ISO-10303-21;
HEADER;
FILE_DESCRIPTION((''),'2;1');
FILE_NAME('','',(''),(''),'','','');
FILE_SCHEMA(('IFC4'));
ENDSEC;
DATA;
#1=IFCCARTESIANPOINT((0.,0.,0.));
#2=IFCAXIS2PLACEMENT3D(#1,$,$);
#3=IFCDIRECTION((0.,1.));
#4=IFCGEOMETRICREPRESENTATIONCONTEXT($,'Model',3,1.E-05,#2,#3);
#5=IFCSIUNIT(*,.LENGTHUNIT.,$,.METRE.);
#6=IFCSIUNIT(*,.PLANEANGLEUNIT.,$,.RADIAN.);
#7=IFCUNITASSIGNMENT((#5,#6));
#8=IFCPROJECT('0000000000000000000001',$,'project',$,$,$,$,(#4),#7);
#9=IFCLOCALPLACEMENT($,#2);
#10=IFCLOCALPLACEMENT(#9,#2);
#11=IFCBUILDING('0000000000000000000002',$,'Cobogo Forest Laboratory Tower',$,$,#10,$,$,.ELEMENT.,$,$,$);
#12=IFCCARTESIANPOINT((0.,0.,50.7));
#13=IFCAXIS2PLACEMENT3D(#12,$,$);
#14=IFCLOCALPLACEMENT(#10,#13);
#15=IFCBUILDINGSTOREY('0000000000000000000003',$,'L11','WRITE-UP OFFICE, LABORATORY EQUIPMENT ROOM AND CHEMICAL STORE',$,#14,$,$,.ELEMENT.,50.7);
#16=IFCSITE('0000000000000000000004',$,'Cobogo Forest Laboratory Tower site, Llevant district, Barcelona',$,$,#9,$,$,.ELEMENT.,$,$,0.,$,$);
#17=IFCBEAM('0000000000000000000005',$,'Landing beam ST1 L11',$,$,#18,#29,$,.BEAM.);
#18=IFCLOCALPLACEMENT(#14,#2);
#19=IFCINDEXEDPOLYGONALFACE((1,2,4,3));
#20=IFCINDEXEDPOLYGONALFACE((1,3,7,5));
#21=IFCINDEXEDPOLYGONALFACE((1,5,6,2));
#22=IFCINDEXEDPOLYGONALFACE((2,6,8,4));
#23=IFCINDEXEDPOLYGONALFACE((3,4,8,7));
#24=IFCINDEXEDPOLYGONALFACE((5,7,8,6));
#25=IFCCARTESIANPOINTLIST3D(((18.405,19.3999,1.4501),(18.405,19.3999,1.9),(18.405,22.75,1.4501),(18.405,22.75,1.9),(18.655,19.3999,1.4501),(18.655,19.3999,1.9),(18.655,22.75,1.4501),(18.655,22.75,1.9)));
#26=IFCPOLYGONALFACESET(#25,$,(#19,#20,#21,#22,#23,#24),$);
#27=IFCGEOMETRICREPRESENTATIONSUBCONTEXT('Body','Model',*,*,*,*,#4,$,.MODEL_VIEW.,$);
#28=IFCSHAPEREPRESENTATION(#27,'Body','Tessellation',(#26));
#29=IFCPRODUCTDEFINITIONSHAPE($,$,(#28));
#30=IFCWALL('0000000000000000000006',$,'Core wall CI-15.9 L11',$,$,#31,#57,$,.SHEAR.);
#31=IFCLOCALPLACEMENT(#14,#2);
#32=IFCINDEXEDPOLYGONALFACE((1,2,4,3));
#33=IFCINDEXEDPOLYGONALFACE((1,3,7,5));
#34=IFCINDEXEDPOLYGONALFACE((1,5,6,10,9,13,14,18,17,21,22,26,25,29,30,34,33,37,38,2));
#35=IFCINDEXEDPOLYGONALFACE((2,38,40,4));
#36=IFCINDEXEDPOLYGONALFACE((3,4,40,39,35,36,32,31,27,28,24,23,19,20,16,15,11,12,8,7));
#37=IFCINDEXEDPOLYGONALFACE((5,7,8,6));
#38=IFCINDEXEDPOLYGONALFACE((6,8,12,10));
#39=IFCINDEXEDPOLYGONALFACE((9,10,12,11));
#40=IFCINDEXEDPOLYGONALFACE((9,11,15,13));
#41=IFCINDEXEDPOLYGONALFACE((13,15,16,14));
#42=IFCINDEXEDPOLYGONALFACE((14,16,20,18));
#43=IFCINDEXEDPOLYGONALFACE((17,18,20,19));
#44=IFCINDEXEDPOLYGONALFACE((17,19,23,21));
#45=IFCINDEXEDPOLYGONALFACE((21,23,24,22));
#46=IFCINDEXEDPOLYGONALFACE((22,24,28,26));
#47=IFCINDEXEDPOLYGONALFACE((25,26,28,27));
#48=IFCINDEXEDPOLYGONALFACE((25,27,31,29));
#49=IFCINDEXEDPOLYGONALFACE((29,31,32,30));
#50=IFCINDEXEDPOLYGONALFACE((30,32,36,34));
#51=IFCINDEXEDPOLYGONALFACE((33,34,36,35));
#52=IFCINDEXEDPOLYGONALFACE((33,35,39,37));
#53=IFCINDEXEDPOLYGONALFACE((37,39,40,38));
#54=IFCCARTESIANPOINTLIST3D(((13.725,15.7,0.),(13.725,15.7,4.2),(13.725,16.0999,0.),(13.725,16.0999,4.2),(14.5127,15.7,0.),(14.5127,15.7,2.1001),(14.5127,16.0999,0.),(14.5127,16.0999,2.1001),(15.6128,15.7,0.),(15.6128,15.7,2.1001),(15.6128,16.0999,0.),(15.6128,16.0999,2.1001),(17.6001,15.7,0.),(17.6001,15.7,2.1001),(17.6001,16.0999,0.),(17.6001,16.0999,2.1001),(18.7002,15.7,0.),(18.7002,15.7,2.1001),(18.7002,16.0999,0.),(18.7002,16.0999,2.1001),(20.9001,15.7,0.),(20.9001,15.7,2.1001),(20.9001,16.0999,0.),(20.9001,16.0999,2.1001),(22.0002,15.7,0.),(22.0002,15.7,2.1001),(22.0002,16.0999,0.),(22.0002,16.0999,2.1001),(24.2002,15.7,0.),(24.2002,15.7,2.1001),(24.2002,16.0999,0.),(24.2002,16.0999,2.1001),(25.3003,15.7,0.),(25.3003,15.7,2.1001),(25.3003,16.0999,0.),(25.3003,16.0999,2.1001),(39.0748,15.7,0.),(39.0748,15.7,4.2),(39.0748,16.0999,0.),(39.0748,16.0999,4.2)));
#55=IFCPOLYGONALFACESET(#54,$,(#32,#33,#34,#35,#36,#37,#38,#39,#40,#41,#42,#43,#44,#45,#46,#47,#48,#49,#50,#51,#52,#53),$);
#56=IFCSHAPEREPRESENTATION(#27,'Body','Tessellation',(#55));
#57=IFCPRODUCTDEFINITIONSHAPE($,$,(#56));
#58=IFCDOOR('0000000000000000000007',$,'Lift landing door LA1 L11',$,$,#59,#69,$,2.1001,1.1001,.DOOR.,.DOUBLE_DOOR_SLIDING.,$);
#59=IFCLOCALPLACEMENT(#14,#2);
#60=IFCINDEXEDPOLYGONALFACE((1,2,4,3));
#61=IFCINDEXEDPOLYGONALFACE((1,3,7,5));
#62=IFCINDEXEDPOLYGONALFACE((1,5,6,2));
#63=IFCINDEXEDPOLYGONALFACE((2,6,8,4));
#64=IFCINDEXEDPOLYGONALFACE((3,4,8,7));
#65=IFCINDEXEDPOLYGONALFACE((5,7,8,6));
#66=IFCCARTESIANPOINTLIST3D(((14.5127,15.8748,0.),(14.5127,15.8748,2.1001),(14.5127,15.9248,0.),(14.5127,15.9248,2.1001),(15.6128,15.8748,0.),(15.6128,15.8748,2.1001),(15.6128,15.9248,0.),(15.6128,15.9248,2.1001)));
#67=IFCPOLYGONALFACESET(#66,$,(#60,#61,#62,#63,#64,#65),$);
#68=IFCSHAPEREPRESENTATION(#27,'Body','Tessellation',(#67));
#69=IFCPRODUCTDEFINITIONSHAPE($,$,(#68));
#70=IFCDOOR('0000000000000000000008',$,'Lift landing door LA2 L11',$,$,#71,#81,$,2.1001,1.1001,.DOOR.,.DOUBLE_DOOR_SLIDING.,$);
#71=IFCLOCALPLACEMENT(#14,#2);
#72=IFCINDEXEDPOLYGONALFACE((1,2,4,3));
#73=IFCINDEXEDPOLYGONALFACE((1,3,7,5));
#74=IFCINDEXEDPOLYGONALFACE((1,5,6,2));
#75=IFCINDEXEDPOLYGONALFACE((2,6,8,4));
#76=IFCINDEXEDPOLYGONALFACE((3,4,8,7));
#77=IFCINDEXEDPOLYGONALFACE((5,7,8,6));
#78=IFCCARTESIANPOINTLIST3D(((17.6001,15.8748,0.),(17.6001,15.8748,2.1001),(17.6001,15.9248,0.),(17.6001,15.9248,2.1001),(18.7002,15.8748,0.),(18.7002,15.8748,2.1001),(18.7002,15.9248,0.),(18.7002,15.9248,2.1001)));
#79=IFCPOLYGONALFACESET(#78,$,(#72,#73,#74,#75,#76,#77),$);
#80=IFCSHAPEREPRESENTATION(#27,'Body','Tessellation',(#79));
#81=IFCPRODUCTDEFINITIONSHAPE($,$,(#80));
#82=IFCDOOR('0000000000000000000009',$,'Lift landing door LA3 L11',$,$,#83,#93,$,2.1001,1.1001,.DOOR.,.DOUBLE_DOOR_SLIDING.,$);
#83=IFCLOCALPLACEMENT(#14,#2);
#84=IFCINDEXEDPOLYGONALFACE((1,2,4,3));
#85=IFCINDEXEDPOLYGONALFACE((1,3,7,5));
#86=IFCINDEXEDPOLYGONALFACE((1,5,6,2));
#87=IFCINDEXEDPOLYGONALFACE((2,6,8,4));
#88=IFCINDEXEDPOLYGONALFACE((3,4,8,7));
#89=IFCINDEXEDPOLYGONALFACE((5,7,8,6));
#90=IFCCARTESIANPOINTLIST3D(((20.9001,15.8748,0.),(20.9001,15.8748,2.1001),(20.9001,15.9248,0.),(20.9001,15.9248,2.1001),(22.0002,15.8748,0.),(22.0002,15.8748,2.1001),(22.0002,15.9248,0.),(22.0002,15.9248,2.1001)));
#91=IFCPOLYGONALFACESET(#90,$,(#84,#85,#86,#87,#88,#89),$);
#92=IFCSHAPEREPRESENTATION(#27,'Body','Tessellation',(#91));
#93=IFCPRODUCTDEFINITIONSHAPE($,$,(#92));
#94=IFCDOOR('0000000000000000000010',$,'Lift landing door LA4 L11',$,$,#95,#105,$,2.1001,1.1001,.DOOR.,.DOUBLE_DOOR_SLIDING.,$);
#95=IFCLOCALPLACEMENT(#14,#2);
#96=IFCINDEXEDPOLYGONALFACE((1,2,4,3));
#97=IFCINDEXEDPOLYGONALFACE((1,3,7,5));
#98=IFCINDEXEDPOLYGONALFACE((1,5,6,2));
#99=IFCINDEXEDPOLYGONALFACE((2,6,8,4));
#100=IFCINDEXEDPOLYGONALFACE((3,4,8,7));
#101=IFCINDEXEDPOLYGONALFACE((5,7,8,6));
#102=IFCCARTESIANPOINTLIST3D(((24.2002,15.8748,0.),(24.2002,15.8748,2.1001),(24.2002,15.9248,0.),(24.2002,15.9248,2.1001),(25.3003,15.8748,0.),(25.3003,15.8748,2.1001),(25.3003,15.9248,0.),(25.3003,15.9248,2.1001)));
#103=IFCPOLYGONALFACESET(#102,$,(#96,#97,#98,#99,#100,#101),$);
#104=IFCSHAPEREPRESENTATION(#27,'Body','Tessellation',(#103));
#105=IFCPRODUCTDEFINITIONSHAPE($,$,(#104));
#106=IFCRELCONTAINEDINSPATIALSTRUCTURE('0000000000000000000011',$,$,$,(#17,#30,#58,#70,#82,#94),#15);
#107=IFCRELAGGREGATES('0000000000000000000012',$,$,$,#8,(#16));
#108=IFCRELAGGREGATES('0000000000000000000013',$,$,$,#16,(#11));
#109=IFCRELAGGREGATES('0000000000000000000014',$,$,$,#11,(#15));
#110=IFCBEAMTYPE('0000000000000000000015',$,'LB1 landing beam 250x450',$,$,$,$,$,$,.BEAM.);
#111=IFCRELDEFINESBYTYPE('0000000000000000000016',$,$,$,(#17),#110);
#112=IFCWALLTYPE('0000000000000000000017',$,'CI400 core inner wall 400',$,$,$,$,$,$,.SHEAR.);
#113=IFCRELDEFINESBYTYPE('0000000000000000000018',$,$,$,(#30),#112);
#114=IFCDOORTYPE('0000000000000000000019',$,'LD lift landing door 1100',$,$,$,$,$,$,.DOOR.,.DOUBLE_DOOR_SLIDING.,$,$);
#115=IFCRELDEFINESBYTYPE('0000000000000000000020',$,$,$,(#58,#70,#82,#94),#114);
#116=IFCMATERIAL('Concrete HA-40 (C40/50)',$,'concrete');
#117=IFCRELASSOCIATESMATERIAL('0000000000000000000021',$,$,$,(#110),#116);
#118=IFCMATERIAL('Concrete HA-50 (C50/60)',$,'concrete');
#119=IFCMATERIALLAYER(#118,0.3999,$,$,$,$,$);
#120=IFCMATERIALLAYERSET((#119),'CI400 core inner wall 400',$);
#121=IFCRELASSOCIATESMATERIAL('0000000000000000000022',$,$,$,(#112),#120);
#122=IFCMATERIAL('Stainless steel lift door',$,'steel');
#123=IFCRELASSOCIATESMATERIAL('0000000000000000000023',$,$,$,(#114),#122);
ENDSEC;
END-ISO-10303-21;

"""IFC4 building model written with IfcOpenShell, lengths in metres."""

from ifc_helpers import new_model, si_unit, direction, frame, frame_2d, origin, origin_2d, place, context, subcontext, project, spatial, rectangle, extrude, material, layer, layer_set, material_profile, profile_set, type_object, element, fill, save


model = new_model("IFC4")

# Units and contexts
model_context = context("Model", 3, precision=1e-05, world=origin(), true_north=direction((0.0, 1.0)))
body_context = subcontext(model_context, "Body", "Model", "MODEL_VIEW")
ifc_project = project(units=[si_unit("LENGTHUNIT", "METRE"), si_unit("PLANEANGLEUNIT", "RADIAN")], contexts=[model_context])

# Site, building, storey
site_placement = place(None, origin())
site = spatial("IfcSite", under=ifc_project, at=site_placement, Name="Cobogo Forest Laboratory Tower site, Llevant district, Barcelona", CompositionType="ELEMENT", RefElevation=0.0)
building_placement = place(site_placement, origin())
building = spatial("IfcBuilding", under=site, at=building_placement, Name="Cobogo Forest Laboratory Tower", CompositionType="ELEMENT")
storey_placement = place(building_placement, frame((0.0, 0.0, 50.7)))
storey = spatial("IfcBuildingStorey", under=building, at=storey_placement, Name="L11", Description="WRITE-UP OFFICE, LABORATORY EQUIPMENT ROOM AND CHEMICAL STORE", CompositionType="ELEMENT", Elevation=50.7)

# Beam
ifc_material_1 = material(Name="Concrete HA-40 (C40/50)", Category="concrete")
ifc_material_profile = material_profile(ifc_material_1, rectangle(XDim=0.25, YDim=0.45, at=origin_2d()), Name="RC 250x450")
ifc_profile_set = profile_set([ifc_material_profile], Name="Concrete HA-40 (C40/50)")
beam_type = type_object("IfcBeamType", Name="LB1 landing beam 250x450", PredefinedType="BEAM", material=ifc_profile_set)
beam_placement = place(storey_placement, frame((18.53, 19.3999, 1.675), z_axis=(0.0, 1.0, 0.0), x_axis=(-1.0, 0.0, 0.0)))
element("IfcBeam", 1, at=beam_placement, inside=storey, type_object=beam_type, Name="Landing beam ST1 L11", PredefinedType="BEAM", context=body_context, shape_type="SweptSolid", body=[
    extrude(rectangle(XDim=0.25, YDim=0.45, at=origin_2d()), origin(), (0.0, 0.0, 1.0), 3.3501),
])

# Wall, openings, doors
ifc_material_2 = material(Name="Concrete HA-50 (C50/60)", Category="concrete")
ifc_layer_1 = layer(ifc_material_2, 0.3999)
ifc_layer_set_1 = layer_set([ifc_layer_1], Name="CI400 core inner wall 400")
wall_type_1 = type_object("IfcWallType", Name="CI400 core inner wall 400", PredefinedType="SHEAR", material=ifc_layer_set_1)
wall_1_placement = place(storey_placement, frame((13.7251, 15.8999, 0.0), z_axis=(0.0, 0.0, 1.0), x_axis=(1.0, 0.0, 0.0)))
wall_1 = element("IfcWall", 2, at=wall_1_placement, inside=storey, type_object=wall_type_1, Name="Core wall CI-15.9 L11", PredefinedType="SHEAR", context=body_context, shape_type="SweptSolid", body=[
    extrude(rectangle(XDim=25.3499, YDim=0.3999, at=frame_2d((12.6748, 0.0))), origin(), (0.0, 0.0, 1.0), 4.2),
])
opening_1_placement = place(wall_1_placement, frame((0.7876, 0.0, 0.0)))
opening_1 = element("IfcOpeningElement", 3, at=opening_1_placement, cuts=wall_1, PredefinedType="OPENING", context=body_context, shape_type="SweptSolid", body=[
    extrude(rectangle(XDim=1.1001, YDim=2.1001, at=frame_2d((0.55, 1.05))), frame((0.0, 0.21, 0.0), z_axis=(0.0, -1.0, 0.0), x_axis=(1.0, 0.0, 0.0)), (0.0, 0.0, 1.0), 0.4199),
])
opening_2_placement = place(wall_1_placement, frame((3.875, 0.0, 0.0)))
opening_2 = element("IfcOpeningElement", 4, at=opening_2_placement, cuts=wall_1, PredefinedType="OPENING", context=body_context, shape_type="SweptSolid", body=[
    extrude(rectangle(XDim=1.1001, YDim=2.1001, at=frame_2d((0.55, 1.05))), frame((0.0, 0.21, 0.0), z_axis=(0.0, -1.0, 0.0), x_axis=(1.0, 0.0, 0.0)), (0.0, 0.0, 1.0), 0.4199),
])
opening_3_placement = place(wall_1_placement, frame((7.175, 0.0, 0.0)))
opening_3 = element("IfcOpeningElement", 5, at=opening_3_placement, cuts=wall_1, PredefinedType="OPENING", context=body_context, shape_type="SweptSolid", body=[
    extrude(rectangle(XDim=1.1001, YDim=2.1001, at=frame_2d((0.55, 1.05))), frame((0.0, 0.21, 0.0), z_axis=(0.0, -1.0, 0.0), x_axis=(1.0, 0.0, 0.0)), (0.0, 0.0, 1.0), 0.4199),
])
opening_4_placement = place(wall_1_placement, frame((10.4751, 0.0, 0.0)))
opening_4 = element("IfcOpeningElement", 6, at=opening_4_placement, cuts=wall_1, PredefinedType="OPENING", context=body_context, shape_type="SweptSolid", body=[
    extrude(rectangle(XDim=1.1001, YDim=2.1001, at=frame_2d((0.55, 1.05))), frame((0.0, 0.21, 0.0), z_axis=(0.0, -1.0, 0.0), x_axis=(1.0, 0.0, 0.0)), (0.0, 0.0, 1.0), 0.4199),
])
ifc_material_3 = material(Name="Stainless steel lift door", Category="steel")
door_type_1 = type_object("IfcDoorType", Name="LD lift landing door 1100", OperationType="DOUBLE_DOOR_SLIDING", PredefinedType="DOOR", material=ifc_material_3)
door_1_placement = place(opening_1_placement, origin())
door_1 = element("IfcDoor", 7, at=door_1_placement, inside=storey, type_object=door_type_1, Name="Lift landing door LA1 L11", OperationType="DOUBLE_DOOR_SLIDING", OverallHeight=2.1001, OverallWidth=1.1001, PredefinedType="DOOR", context=body_context, shape_type="SweptSolid", body=[
    extrude(rectangle(XDim=1.1001, YDim=2.1001, at=frame_2d((0.55, 1.05))), frame((0.0, 0.0249, 0.0), z_axis=(0.0, -1.0, 0.0), x_axis=(1.0, 0.0, 0.0)), (0.0, 0.0, 1.0), 0.05),
])
fill(opening_1, door_1)
door_2_placement = place(opening_2_placement, origin())
door_2 = element("IfcDoor", 8, at=door_2_placement, inside=storey, type_object=door_type_1, Name="Lift landing door LA2 L11", OperationType="DOUBLE_DOOR_SLIDING", OverallHeight=2.1001, OverallWidth=1.1001, PredefinedType="DOOR", context=body_context, shape_type="SweptSolid", body=[
    extrude(rectangle(XDim=1.1001, YDim=2.1001, at=frame_2d((0.55, 1.05))), frame((0.0, 0.0249, 0.0), z_axis=(0.0, -1.0, 0.0), x_axis=(1.0, 0.0, 0.0)), (0.0, 0.0, 1.0), 0.05),
])
fill(opening_2, door_2)
door_3_placement = place(opening_3_placement, origin())
door_3 = element("IfcDoor", 9, at=door_3_placement, inside=storey, type_object=door_type_1, Name="Lift landing door LA3 L11", OperationType="DOUBLE_DOOR_SLIDING", OverallHeight=2.1001, OverallWidth=1.1001, PredefinedType="DOOR", context=body_context, shape_type="SweptSolid", body=[
    extrude(rectangle(XDim=1.1001, YDim=2.1001, at=frame_2d((0.55, 1.05))), frame((0.0, 0.0249, 0.0), z_axis=(0.0, -1.0, 0.0), x_axis=(1.0, 0.0, 0.0)), (0.0, 0.0, 1.0), 0.05),
])
fill(opening_3, door_3)
door_4_placement = place(opening_4_placement, origin())
door_4 = element("IfcDoor", 10, at=door_4_placement, inside=storey, type_object=door_type_1, Name="Lift landing door LA4 L11", OperationType="DOUBLE_DOOR_SLIDING", OverallHeight=2.1001, OverallWidth=1.1001, PredefinedType="DOOR", context=body_context, shape_type="SweptSolid", body=[
    extrude(rectangle(XDim=1.1001, YDim=2.1001, at=frame_2d((0.55, 1.05))), frame((0.0, 0.0249, 0.0), z_axis=(0.0, -1.0, 0.0), x_axis=(1.0, 0.0, 0.0)), (0.0, 0.0, 1.0), 0.05),
])
fill(opening_4, door_4)

save(model, "model.ifc")
